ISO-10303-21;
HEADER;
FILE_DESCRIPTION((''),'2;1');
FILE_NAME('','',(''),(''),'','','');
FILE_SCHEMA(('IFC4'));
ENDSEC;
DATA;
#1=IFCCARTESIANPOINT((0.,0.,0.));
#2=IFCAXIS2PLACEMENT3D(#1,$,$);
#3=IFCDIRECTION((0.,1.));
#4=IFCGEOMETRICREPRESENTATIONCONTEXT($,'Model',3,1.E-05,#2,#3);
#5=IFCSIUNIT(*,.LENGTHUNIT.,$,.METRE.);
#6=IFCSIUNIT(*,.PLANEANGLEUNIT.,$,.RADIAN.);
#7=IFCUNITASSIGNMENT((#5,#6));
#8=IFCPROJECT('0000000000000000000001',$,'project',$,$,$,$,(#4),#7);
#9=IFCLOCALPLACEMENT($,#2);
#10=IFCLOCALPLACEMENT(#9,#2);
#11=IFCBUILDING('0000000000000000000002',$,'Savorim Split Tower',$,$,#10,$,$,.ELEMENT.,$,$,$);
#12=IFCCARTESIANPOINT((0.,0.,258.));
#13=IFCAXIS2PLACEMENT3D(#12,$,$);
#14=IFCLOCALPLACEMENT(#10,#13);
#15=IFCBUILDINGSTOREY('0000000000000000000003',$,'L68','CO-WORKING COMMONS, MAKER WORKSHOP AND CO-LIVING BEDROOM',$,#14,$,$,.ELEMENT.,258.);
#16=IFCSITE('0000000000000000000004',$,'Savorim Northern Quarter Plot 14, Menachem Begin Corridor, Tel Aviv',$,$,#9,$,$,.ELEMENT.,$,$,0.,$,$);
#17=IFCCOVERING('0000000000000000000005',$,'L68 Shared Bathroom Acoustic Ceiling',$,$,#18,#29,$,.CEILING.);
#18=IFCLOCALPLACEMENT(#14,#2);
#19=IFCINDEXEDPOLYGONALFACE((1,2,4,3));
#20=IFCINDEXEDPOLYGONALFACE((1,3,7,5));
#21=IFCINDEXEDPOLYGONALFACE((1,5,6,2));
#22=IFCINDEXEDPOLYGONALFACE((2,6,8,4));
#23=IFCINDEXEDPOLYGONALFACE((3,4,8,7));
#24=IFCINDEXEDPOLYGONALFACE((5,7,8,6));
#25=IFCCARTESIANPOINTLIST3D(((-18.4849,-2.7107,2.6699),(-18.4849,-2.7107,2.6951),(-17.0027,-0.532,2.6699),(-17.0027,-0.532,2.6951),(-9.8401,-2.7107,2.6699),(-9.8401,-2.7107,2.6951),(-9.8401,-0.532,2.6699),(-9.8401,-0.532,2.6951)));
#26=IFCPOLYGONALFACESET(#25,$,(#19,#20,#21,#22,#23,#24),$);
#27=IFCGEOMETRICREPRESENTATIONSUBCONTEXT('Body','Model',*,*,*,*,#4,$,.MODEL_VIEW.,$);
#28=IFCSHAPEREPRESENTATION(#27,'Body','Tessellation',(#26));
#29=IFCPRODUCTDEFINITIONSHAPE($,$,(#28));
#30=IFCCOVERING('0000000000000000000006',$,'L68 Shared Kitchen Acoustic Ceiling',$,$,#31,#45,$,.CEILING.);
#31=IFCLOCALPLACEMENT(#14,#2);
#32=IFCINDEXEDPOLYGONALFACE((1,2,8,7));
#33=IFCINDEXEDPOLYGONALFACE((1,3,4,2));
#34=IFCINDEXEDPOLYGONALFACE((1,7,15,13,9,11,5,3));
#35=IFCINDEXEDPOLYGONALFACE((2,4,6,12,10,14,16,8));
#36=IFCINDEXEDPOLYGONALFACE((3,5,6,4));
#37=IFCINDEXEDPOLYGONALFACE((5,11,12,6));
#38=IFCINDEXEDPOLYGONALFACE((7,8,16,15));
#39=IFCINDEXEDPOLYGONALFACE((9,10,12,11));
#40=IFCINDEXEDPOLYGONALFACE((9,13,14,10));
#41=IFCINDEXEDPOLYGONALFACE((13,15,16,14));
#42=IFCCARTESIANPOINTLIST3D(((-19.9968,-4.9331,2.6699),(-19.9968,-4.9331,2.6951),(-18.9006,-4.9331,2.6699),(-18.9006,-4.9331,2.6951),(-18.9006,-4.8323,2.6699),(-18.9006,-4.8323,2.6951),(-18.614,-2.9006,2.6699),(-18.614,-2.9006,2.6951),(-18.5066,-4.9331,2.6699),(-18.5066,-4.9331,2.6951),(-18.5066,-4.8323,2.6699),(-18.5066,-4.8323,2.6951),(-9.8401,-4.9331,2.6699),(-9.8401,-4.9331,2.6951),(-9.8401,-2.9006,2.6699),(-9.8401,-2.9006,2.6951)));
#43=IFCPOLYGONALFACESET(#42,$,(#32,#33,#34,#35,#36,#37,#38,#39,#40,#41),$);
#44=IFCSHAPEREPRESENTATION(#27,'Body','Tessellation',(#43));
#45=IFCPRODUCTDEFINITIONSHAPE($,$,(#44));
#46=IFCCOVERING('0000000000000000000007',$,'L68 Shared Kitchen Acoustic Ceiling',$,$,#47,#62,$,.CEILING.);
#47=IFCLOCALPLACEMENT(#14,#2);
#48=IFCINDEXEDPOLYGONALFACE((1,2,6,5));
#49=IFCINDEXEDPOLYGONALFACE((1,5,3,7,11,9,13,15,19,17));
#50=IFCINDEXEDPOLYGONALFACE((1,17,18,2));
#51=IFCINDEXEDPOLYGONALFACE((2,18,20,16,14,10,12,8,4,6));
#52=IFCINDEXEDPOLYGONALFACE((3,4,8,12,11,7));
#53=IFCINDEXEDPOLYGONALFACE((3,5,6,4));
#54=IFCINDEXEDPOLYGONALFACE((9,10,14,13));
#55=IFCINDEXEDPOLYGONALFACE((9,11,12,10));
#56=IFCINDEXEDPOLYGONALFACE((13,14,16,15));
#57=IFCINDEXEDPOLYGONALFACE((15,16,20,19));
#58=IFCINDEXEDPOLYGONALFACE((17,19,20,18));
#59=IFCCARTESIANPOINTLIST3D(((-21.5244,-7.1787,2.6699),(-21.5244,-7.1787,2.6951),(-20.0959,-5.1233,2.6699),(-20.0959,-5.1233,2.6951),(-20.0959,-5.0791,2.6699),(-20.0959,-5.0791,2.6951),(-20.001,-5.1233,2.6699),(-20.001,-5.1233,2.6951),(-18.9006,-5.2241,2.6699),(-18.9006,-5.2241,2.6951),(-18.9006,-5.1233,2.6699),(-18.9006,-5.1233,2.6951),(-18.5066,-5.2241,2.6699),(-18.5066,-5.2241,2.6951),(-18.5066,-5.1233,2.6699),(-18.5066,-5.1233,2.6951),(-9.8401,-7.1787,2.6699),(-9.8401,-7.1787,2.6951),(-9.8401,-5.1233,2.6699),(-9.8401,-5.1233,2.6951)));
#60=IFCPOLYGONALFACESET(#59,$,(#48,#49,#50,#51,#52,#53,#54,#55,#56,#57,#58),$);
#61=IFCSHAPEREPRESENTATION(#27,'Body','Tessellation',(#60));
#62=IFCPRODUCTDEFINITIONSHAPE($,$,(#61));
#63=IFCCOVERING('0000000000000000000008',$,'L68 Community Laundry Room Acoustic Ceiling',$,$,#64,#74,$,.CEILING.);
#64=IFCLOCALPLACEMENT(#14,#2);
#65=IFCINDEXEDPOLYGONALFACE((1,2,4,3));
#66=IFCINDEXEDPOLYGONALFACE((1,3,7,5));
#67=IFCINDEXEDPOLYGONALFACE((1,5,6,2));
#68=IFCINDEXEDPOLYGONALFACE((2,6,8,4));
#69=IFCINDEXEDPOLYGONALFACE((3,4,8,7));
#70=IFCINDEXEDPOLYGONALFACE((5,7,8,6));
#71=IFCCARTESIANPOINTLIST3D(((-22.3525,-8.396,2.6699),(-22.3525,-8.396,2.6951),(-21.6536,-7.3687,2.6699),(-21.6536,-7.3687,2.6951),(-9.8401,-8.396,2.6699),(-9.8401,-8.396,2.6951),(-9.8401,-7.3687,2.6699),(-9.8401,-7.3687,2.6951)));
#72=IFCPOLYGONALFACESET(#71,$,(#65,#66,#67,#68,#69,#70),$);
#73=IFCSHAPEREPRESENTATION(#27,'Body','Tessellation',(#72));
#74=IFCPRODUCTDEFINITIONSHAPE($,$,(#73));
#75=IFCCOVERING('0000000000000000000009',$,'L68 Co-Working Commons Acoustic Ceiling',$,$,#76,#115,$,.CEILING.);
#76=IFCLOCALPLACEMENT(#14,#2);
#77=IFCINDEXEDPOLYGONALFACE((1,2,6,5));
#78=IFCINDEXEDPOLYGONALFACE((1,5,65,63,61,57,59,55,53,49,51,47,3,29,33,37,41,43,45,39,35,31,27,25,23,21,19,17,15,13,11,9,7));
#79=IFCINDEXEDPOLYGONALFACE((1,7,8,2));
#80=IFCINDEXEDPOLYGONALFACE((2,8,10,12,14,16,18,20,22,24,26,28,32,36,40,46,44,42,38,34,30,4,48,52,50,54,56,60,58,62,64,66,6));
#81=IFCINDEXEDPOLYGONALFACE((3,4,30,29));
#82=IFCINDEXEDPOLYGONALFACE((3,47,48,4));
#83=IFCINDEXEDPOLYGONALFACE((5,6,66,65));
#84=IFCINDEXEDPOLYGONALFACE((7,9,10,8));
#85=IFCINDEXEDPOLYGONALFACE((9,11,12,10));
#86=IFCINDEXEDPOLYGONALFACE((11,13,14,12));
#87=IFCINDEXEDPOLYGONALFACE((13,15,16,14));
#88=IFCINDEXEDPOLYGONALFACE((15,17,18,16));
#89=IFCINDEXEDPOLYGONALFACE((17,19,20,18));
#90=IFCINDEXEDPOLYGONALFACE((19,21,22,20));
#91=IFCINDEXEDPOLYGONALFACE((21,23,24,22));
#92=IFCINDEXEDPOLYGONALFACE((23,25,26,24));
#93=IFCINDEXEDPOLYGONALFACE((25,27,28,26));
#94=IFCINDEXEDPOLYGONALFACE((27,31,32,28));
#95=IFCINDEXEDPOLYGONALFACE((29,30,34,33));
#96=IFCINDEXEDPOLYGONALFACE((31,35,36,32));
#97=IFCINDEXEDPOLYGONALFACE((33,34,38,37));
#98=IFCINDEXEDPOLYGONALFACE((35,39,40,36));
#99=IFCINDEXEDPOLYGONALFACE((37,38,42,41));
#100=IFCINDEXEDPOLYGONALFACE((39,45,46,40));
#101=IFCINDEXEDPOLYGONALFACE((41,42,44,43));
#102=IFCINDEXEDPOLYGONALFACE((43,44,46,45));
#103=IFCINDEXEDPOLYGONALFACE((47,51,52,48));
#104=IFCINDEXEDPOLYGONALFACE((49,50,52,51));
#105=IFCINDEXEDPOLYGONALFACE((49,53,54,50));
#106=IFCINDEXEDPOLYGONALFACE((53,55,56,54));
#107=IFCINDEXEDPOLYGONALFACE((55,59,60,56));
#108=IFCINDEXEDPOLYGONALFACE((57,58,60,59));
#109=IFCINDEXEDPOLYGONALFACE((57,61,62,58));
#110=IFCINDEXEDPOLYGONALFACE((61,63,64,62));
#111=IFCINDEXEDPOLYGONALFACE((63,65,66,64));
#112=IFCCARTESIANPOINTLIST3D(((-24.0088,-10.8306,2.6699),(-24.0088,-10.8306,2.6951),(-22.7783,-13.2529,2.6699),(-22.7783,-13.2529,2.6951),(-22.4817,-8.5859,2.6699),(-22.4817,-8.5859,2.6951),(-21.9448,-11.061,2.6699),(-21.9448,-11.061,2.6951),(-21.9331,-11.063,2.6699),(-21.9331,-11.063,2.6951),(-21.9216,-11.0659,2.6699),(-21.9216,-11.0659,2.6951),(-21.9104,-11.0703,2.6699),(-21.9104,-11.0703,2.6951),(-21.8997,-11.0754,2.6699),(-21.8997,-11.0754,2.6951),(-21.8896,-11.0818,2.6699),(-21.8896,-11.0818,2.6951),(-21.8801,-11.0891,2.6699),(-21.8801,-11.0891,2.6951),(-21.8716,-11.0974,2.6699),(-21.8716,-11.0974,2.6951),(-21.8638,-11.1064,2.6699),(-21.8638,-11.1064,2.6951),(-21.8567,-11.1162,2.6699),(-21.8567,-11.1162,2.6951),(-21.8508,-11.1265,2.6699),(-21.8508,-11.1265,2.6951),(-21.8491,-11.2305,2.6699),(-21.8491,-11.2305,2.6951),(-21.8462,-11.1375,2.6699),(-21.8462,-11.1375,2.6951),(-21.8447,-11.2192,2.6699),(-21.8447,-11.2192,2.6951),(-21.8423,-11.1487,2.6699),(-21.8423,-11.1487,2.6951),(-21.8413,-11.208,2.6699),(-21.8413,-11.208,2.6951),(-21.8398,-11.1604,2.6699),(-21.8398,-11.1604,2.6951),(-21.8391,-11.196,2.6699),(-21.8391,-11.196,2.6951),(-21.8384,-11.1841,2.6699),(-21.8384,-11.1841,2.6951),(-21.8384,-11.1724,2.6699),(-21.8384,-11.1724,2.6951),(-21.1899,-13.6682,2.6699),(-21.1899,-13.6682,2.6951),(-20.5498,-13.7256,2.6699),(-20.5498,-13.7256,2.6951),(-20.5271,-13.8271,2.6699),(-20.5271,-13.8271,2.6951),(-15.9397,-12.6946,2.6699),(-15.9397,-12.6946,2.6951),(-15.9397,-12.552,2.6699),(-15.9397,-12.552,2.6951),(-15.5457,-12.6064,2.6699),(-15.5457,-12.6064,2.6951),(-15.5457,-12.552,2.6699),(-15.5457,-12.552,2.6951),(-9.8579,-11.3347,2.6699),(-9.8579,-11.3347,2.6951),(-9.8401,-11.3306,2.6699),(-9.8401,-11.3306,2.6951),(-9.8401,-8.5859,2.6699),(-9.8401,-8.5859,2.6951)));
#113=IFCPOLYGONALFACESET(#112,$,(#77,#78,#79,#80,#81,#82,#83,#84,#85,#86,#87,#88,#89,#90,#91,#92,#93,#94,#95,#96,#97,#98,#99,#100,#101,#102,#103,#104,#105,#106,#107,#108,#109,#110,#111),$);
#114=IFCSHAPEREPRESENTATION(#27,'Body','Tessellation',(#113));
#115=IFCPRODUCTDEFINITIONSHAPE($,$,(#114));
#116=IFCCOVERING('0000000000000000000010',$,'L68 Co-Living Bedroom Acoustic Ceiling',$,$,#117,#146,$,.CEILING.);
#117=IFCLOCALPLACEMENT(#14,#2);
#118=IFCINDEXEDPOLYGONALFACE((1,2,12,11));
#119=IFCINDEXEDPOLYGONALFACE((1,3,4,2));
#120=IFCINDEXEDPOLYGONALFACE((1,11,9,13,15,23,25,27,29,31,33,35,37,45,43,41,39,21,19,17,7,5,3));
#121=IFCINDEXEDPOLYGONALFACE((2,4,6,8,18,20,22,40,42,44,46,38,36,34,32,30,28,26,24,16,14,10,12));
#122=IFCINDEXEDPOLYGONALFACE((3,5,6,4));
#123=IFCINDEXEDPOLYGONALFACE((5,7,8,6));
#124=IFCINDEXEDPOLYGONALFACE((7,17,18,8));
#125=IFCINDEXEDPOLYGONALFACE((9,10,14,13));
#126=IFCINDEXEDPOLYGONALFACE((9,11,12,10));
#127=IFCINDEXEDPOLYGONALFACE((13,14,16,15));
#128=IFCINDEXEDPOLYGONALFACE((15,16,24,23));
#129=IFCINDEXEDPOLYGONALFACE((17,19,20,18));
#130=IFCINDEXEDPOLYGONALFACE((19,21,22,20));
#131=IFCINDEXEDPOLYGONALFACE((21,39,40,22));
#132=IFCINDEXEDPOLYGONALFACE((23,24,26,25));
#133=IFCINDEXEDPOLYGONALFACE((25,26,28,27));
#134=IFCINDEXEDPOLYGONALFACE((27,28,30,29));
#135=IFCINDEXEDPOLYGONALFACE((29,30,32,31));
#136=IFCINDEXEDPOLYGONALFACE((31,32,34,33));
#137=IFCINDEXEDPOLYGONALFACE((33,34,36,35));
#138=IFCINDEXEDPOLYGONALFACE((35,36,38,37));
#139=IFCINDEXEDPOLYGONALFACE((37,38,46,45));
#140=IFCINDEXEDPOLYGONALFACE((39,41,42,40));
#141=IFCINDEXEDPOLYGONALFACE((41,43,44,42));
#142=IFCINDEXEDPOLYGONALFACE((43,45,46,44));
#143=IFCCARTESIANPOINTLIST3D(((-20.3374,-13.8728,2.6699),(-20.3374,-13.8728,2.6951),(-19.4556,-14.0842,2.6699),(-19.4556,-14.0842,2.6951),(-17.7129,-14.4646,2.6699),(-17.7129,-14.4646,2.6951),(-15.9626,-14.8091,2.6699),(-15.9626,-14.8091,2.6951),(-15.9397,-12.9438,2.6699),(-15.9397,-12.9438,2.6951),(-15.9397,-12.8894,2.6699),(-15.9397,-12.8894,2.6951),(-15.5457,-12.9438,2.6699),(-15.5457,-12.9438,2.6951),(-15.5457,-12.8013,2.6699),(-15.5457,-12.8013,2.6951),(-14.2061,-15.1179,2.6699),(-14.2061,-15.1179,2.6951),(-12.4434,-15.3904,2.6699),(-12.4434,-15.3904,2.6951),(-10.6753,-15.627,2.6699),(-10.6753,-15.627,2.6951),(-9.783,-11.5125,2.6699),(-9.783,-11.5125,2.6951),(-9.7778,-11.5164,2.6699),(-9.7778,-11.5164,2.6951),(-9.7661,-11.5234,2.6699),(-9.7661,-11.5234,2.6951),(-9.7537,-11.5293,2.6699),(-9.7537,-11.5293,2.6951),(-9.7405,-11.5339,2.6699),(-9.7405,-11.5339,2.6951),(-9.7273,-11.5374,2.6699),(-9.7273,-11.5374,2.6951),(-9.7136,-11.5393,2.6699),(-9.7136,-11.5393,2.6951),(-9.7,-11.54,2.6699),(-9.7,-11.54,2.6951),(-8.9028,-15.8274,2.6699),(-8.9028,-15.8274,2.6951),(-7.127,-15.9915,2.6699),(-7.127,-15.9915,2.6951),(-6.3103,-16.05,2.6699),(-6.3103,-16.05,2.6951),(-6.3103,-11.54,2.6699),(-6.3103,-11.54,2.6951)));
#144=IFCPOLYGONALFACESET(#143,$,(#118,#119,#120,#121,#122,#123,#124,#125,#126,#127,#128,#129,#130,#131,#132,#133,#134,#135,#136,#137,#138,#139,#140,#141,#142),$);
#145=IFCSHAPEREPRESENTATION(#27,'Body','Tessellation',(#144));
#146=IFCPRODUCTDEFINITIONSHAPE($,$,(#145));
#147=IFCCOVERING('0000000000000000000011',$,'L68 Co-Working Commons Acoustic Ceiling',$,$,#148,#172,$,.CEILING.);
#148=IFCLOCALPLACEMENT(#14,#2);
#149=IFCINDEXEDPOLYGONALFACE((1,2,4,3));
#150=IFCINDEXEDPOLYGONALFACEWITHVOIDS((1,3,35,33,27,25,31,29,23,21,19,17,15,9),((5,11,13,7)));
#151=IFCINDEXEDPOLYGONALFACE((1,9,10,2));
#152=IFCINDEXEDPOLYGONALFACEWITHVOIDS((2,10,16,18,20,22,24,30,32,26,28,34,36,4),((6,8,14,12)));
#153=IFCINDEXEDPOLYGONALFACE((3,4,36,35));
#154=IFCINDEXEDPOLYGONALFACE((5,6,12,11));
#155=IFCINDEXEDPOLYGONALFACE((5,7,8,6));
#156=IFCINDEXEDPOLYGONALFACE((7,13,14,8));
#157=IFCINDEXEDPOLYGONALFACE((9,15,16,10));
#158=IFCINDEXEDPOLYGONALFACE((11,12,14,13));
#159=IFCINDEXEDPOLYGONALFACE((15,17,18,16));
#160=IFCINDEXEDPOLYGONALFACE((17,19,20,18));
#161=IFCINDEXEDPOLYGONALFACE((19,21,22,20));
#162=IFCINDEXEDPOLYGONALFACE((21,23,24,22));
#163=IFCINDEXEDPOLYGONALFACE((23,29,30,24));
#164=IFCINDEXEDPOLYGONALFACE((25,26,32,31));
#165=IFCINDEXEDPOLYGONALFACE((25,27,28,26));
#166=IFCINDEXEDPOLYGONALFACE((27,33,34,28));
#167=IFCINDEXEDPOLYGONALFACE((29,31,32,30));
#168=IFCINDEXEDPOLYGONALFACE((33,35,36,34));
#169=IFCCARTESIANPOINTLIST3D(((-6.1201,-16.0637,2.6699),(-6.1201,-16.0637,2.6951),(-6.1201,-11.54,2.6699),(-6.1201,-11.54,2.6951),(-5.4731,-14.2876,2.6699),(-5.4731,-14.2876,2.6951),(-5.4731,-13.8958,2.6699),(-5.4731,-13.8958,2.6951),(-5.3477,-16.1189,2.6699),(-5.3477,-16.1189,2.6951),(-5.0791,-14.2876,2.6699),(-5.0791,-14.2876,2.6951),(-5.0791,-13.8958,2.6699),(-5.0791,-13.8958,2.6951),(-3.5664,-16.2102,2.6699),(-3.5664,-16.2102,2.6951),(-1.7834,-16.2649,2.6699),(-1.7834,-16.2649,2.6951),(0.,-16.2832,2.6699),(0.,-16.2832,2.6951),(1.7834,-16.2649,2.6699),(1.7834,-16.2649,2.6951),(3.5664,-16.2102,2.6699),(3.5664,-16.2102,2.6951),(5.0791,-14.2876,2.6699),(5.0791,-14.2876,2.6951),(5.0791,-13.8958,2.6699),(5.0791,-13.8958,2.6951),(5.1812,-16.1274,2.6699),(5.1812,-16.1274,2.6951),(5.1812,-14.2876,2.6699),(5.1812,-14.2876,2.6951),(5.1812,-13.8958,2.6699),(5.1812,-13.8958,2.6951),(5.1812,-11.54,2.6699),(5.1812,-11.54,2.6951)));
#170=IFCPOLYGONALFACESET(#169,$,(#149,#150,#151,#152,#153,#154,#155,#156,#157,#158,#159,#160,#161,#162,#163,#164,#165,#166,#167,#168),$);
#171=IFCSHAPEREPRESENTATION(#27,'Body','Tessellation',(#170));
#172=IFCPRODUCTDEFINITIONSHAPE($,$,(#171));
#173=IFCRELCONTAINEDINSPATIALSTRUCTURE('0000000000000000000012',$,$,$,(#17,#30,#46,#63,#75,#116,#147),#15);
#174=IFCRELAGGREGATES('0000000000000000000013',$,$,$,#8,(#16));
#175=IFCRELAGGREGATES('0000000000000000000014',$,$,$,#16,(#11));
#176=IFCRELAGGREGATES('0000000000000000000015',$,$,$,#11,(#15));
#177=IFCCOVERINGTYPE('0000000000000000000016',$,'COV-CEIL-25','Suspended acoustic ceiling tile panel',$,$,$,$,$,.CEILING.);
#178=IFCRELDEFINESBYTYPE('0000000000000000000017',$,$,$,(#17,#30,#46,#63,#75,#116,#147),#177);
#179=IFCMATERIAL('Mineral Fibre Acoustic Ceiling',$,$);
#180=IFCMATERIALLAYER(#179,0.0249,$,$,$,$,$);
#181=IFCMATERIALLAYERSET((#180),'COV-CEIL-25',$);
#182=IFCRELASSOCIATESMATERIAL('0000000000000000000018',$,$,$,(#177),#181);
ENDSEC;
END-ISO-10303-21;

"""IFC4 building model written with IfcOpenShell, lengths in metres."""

from ifc_helpers import new_model, si_unit, direction, frame, origin, place, context, subcontext, project, spatial, polyline, outline, extrude, material, layer, layer_set, type_object, element, save


model = new_model("IFC4")

# Units and contexts
model_context = context("Model", 3, precision=1e-05, world=origin(), true_north=direction((0.0, 1.0)))
body_context = subcontext(model_context, "Body", "Model", "MODEL_VIEW")
ifc_project = project(units=[si_unit("LENGTHUNIT", "METRE"), si_unit("PLANEANGLEUNIT", "RADIAN")], contexts=[model_context])

# Site, building, storey
site_placement = place(None, origin())
site = spatial("IfcSite", under=ifc_project, at=site_placement, Name="Savorim Northern Quarter Plot 14, Menachem Begin Corridor, Tel Aviv", CompositionType="ELEMENT", RefElevation=0.0)
building_placement = place(site_placement, origin())
building = spatial("IfcBuilding", under=site, at=building_placement, Name="Savorim Split Tower", CompositionType="ELEMENT")
storey_placement = place(building_placement, frame((0.0, 0.0, 258.0)))
storey = spatial("IfcBuildingStorey", under=building, at=storey_placement, Name="L68", Description="CO-WORKING COMMONS, MAKER WORKSHOP AND CO-LIVING BEDROOM", CompositionType="ELEMENT", Elevation=258.0)

# Coverings
ifc_material_1 = material(Name="Mineral Fibre Acoustic Ceiling")
ifc_layer_1 = layer(ifc_material_1, 0.0249)
ifc_layer_set_1 = layer_set([ifc_layer_1], Name="COV-CEIL-25")
covering_type_1 = type_object("IfcCoveringType", Name="COV-CEIL-25", Description="Suspended acoustic ceiling tile panel", PredefinedType="CEILING", material=ifc_layer_set_1)
covering_1_placement = place(storey_placement, frame((0.0, 0.0, 2.6699)))
element("IfcCovering", 1, at=covering_1_placement, inside=storey, type_object=covering_type_1, Name="L68 Shared Bathroom Acoustic Ceiling", PredefinedType="CEILING", context=body_context, shape_type="SweptSolid", body=[
    extrude(outline(polyline([(-17.0027, -0.532), (-18.4849, -2.7107), (-9.8401, -2.7107), (-9.8401, -0.532), (-17.0027, -0.532)])), origin(), (0.0, 0.0, 1.0), 0.0251),
])
covering_2_placement = place(storey_placement, frame((0.0, 0.0, 2.6699)))
element("IfcCovering", 2, at=covering_2_placement, inside=storey, type_object=covering_type_1, Name="L68 Shared Kitchen Acoustic Ceiling", PredefinedType="CEILING", context=body_context, shape_type="SweptSolid", body=[
    extrude(outline(polyline([(-18.5066, -4.8323), (-18.5066, -4.9331), (-9.8401, -4.9331), (-9.8401, -2.9006), (-18.614, -2.9006), (-19.9968, -4.9331), (-18.9006, -4.9331), (-18.9006, -4.8323), (-18.5066, -4.8323)])), origin(), (0.0, 0.0, 1.0), 0.0251),
])
covering_3_placement = place(storey_placement, frame((0.0, 0.0, 2.6699)))
element("IfcCovering", 3, at=covering_3_placement, inside=storey, type_object=covering_type_1, Name="L68 Shared Kitchen Acoustic Ceiling", PredefinedType="CEILING", context=body_context, shape_type="SweptSolid", body=[
    extrude(outline(polyline([(-20.001, -5.1233), (-20.0959, -5.1233), (-20.0959, -5.0791), (-21.5244, -7.1787), (-9.8401, -7.1787), (-9.8401, -5.1233), (-18.5066, -5.1233), (-18.5066, -5.2241), (-18.9006, -5.2241), (-18.9006, -5.1233), (-20.001, -5.1233)])), origin(), (0.0, 0.0, 1.0), 0.0251),
])
covering_4_placement = place(storey_placement, frame((0.0, 0.0, 2.6699)))
element("IfcCovering", 4, at=covering_4_placement, inside=storey, type_object=covering_type_1, Name="L68 Community Laundry Room Acoustic Ceiling", PredefinedType="CEILING", context=body_context, shape_type="SweptSolid", body=[
    extrude(outline(polyline([(-9.8401, -8.396), (-9.8401, -7.3687), (-21.6536, -7.3687), (-22.3525, -8.396), (-9.8401, -8.396)])), origin(), (0.0, 0.0, 1.0), 0.0251),
])
covering_5_placement = place(storey_placement, frame((0.0, 0.0, 2.6699)))
element("IfcCovering", 5, at=covering_5_placement, inside=storey, type_object=covering_type_1, Name="L68 Co-Working Commons Acoustic Ceiling", PredefinedType="CEILING", context=body_context, shape_type="SweptSolid", body=[
    extrude(outline(polyline([(-21.8384, -11.1841), (-21.8391, -11.196), (-21.8413, -11.208), (-21.8447, -11.2192), (-21.8491, -11.2305), (-22.7783, -13.2529), (-21.1899, -13.6682), (-20.5271, -13.8271), (-20.5498, -13.7256), (-15.9397, -12.6946), (-15.9397, -12.552), (-15.5457, -12.552), (-15.5457, -12.6064), (-9.8579, -11.3347), (-9.8401, -11.3306), (-9.8401, -8.5859), (-22.4817, -8.5859), (-24.0088, -10.8306), (-21.9448, -11.061), (-21.9331, -11.063), (-21.9216, -11.0659), (-21.9104, -11.0703), (-21.8997, -11.0754), (-21.8896, -11.0818), (-21.8801, -11.0891), (-21.8716, -11.0974), (-21.8638, -11.1064), (-21.8567, -11.1162), (-21.8508, -11.1265), (-21.8462, -11.1375), (-21.8423, -11.1487), (-21.8398, -11.1604), (-21.8384, -11.1724), (-21.8384, -11.1841)])), origin(), (0.0, 0.0, 1.0), 0.0251),
])
covering_6_placement = place(storey_placement, frame((0.0, 0.0, 2.6699)))
element("IfcCovering", 6, at=covering_6_placement, inside=storey, type_object=covering_type_1, Name="L68 Co-Living Bedroom Acoustic Ceiling", PredefinedType="CEILING", context=body_context, shape_type="SweptSolid", body=[
    extrude(outline(polyline([(-10.6753, -15.627), (-8.9028, -15.8274), (-7.127, -15.9915), (-6.3103, -16.05), (-6.3103, -11.54), (-9.7, -11.54), (-9.7136, -11.5393), (-9.7273, -11.5374), (-9.7405, -11.5339), (-9.7537, -11.5293), (-9.7661, -11.5234), (-9.7778, -11.5164), (-9.783, -11.5125), (-15.5457, -12.8013), (-15.5457, -12.9438), (-15.9397, -12.9438), (-15.9397, -12.8894), (-20.3374, -13.8728), (-19.4556, -14.0842), (-17.7129, -14.4646), (-15.9626, -14.8091), (-14.2061, -15.1179), (-12.4434, -15.3904), (-10.6753, -15.627)])), origin(), (0.0, 0.0, 1.0), 0.0251),
])
covering_7_placement = place(storey_placement, frame((0.0, 0.0, 2.6699)))
element("IfcCovering", 7, at=covering_7_placement, inside=storey, type_object=covering_type_1, Name="L68 Co-Working Commons Acoustic Ceiling", PredefinedType="CEILING", context=body_context, shape_type="SweptSolid", body=[
    extrude(outline(polyline([(-1.7834, -16.2649), (0.0, -16.2832), (1.7834, -16.2649), (3.5664, -16.2102), (5.1812, -16.1274), (5.1812, -14.2876), (5.0791, -14.2876), (5.0791, -13.8958), (5.1812, -13.8958), (5.1812, -11.54), (-6.1201, -11.54), (-6.1201, -16.0637), (-5.3477, -16.1189), (-3.5664, -16.2102), (-1.7834, -16.2649)]), holes=[polyline([(-5.4731, -14.2876), (-5.0791, -14.2876), (-5.0791, -13.8958), (-5.4731, -13.8958), (-5.4731, -14.2876)])]), origin(), (0.0, 0.0, 1.0), 0.0251),
])

save(model, "model.ifc")
